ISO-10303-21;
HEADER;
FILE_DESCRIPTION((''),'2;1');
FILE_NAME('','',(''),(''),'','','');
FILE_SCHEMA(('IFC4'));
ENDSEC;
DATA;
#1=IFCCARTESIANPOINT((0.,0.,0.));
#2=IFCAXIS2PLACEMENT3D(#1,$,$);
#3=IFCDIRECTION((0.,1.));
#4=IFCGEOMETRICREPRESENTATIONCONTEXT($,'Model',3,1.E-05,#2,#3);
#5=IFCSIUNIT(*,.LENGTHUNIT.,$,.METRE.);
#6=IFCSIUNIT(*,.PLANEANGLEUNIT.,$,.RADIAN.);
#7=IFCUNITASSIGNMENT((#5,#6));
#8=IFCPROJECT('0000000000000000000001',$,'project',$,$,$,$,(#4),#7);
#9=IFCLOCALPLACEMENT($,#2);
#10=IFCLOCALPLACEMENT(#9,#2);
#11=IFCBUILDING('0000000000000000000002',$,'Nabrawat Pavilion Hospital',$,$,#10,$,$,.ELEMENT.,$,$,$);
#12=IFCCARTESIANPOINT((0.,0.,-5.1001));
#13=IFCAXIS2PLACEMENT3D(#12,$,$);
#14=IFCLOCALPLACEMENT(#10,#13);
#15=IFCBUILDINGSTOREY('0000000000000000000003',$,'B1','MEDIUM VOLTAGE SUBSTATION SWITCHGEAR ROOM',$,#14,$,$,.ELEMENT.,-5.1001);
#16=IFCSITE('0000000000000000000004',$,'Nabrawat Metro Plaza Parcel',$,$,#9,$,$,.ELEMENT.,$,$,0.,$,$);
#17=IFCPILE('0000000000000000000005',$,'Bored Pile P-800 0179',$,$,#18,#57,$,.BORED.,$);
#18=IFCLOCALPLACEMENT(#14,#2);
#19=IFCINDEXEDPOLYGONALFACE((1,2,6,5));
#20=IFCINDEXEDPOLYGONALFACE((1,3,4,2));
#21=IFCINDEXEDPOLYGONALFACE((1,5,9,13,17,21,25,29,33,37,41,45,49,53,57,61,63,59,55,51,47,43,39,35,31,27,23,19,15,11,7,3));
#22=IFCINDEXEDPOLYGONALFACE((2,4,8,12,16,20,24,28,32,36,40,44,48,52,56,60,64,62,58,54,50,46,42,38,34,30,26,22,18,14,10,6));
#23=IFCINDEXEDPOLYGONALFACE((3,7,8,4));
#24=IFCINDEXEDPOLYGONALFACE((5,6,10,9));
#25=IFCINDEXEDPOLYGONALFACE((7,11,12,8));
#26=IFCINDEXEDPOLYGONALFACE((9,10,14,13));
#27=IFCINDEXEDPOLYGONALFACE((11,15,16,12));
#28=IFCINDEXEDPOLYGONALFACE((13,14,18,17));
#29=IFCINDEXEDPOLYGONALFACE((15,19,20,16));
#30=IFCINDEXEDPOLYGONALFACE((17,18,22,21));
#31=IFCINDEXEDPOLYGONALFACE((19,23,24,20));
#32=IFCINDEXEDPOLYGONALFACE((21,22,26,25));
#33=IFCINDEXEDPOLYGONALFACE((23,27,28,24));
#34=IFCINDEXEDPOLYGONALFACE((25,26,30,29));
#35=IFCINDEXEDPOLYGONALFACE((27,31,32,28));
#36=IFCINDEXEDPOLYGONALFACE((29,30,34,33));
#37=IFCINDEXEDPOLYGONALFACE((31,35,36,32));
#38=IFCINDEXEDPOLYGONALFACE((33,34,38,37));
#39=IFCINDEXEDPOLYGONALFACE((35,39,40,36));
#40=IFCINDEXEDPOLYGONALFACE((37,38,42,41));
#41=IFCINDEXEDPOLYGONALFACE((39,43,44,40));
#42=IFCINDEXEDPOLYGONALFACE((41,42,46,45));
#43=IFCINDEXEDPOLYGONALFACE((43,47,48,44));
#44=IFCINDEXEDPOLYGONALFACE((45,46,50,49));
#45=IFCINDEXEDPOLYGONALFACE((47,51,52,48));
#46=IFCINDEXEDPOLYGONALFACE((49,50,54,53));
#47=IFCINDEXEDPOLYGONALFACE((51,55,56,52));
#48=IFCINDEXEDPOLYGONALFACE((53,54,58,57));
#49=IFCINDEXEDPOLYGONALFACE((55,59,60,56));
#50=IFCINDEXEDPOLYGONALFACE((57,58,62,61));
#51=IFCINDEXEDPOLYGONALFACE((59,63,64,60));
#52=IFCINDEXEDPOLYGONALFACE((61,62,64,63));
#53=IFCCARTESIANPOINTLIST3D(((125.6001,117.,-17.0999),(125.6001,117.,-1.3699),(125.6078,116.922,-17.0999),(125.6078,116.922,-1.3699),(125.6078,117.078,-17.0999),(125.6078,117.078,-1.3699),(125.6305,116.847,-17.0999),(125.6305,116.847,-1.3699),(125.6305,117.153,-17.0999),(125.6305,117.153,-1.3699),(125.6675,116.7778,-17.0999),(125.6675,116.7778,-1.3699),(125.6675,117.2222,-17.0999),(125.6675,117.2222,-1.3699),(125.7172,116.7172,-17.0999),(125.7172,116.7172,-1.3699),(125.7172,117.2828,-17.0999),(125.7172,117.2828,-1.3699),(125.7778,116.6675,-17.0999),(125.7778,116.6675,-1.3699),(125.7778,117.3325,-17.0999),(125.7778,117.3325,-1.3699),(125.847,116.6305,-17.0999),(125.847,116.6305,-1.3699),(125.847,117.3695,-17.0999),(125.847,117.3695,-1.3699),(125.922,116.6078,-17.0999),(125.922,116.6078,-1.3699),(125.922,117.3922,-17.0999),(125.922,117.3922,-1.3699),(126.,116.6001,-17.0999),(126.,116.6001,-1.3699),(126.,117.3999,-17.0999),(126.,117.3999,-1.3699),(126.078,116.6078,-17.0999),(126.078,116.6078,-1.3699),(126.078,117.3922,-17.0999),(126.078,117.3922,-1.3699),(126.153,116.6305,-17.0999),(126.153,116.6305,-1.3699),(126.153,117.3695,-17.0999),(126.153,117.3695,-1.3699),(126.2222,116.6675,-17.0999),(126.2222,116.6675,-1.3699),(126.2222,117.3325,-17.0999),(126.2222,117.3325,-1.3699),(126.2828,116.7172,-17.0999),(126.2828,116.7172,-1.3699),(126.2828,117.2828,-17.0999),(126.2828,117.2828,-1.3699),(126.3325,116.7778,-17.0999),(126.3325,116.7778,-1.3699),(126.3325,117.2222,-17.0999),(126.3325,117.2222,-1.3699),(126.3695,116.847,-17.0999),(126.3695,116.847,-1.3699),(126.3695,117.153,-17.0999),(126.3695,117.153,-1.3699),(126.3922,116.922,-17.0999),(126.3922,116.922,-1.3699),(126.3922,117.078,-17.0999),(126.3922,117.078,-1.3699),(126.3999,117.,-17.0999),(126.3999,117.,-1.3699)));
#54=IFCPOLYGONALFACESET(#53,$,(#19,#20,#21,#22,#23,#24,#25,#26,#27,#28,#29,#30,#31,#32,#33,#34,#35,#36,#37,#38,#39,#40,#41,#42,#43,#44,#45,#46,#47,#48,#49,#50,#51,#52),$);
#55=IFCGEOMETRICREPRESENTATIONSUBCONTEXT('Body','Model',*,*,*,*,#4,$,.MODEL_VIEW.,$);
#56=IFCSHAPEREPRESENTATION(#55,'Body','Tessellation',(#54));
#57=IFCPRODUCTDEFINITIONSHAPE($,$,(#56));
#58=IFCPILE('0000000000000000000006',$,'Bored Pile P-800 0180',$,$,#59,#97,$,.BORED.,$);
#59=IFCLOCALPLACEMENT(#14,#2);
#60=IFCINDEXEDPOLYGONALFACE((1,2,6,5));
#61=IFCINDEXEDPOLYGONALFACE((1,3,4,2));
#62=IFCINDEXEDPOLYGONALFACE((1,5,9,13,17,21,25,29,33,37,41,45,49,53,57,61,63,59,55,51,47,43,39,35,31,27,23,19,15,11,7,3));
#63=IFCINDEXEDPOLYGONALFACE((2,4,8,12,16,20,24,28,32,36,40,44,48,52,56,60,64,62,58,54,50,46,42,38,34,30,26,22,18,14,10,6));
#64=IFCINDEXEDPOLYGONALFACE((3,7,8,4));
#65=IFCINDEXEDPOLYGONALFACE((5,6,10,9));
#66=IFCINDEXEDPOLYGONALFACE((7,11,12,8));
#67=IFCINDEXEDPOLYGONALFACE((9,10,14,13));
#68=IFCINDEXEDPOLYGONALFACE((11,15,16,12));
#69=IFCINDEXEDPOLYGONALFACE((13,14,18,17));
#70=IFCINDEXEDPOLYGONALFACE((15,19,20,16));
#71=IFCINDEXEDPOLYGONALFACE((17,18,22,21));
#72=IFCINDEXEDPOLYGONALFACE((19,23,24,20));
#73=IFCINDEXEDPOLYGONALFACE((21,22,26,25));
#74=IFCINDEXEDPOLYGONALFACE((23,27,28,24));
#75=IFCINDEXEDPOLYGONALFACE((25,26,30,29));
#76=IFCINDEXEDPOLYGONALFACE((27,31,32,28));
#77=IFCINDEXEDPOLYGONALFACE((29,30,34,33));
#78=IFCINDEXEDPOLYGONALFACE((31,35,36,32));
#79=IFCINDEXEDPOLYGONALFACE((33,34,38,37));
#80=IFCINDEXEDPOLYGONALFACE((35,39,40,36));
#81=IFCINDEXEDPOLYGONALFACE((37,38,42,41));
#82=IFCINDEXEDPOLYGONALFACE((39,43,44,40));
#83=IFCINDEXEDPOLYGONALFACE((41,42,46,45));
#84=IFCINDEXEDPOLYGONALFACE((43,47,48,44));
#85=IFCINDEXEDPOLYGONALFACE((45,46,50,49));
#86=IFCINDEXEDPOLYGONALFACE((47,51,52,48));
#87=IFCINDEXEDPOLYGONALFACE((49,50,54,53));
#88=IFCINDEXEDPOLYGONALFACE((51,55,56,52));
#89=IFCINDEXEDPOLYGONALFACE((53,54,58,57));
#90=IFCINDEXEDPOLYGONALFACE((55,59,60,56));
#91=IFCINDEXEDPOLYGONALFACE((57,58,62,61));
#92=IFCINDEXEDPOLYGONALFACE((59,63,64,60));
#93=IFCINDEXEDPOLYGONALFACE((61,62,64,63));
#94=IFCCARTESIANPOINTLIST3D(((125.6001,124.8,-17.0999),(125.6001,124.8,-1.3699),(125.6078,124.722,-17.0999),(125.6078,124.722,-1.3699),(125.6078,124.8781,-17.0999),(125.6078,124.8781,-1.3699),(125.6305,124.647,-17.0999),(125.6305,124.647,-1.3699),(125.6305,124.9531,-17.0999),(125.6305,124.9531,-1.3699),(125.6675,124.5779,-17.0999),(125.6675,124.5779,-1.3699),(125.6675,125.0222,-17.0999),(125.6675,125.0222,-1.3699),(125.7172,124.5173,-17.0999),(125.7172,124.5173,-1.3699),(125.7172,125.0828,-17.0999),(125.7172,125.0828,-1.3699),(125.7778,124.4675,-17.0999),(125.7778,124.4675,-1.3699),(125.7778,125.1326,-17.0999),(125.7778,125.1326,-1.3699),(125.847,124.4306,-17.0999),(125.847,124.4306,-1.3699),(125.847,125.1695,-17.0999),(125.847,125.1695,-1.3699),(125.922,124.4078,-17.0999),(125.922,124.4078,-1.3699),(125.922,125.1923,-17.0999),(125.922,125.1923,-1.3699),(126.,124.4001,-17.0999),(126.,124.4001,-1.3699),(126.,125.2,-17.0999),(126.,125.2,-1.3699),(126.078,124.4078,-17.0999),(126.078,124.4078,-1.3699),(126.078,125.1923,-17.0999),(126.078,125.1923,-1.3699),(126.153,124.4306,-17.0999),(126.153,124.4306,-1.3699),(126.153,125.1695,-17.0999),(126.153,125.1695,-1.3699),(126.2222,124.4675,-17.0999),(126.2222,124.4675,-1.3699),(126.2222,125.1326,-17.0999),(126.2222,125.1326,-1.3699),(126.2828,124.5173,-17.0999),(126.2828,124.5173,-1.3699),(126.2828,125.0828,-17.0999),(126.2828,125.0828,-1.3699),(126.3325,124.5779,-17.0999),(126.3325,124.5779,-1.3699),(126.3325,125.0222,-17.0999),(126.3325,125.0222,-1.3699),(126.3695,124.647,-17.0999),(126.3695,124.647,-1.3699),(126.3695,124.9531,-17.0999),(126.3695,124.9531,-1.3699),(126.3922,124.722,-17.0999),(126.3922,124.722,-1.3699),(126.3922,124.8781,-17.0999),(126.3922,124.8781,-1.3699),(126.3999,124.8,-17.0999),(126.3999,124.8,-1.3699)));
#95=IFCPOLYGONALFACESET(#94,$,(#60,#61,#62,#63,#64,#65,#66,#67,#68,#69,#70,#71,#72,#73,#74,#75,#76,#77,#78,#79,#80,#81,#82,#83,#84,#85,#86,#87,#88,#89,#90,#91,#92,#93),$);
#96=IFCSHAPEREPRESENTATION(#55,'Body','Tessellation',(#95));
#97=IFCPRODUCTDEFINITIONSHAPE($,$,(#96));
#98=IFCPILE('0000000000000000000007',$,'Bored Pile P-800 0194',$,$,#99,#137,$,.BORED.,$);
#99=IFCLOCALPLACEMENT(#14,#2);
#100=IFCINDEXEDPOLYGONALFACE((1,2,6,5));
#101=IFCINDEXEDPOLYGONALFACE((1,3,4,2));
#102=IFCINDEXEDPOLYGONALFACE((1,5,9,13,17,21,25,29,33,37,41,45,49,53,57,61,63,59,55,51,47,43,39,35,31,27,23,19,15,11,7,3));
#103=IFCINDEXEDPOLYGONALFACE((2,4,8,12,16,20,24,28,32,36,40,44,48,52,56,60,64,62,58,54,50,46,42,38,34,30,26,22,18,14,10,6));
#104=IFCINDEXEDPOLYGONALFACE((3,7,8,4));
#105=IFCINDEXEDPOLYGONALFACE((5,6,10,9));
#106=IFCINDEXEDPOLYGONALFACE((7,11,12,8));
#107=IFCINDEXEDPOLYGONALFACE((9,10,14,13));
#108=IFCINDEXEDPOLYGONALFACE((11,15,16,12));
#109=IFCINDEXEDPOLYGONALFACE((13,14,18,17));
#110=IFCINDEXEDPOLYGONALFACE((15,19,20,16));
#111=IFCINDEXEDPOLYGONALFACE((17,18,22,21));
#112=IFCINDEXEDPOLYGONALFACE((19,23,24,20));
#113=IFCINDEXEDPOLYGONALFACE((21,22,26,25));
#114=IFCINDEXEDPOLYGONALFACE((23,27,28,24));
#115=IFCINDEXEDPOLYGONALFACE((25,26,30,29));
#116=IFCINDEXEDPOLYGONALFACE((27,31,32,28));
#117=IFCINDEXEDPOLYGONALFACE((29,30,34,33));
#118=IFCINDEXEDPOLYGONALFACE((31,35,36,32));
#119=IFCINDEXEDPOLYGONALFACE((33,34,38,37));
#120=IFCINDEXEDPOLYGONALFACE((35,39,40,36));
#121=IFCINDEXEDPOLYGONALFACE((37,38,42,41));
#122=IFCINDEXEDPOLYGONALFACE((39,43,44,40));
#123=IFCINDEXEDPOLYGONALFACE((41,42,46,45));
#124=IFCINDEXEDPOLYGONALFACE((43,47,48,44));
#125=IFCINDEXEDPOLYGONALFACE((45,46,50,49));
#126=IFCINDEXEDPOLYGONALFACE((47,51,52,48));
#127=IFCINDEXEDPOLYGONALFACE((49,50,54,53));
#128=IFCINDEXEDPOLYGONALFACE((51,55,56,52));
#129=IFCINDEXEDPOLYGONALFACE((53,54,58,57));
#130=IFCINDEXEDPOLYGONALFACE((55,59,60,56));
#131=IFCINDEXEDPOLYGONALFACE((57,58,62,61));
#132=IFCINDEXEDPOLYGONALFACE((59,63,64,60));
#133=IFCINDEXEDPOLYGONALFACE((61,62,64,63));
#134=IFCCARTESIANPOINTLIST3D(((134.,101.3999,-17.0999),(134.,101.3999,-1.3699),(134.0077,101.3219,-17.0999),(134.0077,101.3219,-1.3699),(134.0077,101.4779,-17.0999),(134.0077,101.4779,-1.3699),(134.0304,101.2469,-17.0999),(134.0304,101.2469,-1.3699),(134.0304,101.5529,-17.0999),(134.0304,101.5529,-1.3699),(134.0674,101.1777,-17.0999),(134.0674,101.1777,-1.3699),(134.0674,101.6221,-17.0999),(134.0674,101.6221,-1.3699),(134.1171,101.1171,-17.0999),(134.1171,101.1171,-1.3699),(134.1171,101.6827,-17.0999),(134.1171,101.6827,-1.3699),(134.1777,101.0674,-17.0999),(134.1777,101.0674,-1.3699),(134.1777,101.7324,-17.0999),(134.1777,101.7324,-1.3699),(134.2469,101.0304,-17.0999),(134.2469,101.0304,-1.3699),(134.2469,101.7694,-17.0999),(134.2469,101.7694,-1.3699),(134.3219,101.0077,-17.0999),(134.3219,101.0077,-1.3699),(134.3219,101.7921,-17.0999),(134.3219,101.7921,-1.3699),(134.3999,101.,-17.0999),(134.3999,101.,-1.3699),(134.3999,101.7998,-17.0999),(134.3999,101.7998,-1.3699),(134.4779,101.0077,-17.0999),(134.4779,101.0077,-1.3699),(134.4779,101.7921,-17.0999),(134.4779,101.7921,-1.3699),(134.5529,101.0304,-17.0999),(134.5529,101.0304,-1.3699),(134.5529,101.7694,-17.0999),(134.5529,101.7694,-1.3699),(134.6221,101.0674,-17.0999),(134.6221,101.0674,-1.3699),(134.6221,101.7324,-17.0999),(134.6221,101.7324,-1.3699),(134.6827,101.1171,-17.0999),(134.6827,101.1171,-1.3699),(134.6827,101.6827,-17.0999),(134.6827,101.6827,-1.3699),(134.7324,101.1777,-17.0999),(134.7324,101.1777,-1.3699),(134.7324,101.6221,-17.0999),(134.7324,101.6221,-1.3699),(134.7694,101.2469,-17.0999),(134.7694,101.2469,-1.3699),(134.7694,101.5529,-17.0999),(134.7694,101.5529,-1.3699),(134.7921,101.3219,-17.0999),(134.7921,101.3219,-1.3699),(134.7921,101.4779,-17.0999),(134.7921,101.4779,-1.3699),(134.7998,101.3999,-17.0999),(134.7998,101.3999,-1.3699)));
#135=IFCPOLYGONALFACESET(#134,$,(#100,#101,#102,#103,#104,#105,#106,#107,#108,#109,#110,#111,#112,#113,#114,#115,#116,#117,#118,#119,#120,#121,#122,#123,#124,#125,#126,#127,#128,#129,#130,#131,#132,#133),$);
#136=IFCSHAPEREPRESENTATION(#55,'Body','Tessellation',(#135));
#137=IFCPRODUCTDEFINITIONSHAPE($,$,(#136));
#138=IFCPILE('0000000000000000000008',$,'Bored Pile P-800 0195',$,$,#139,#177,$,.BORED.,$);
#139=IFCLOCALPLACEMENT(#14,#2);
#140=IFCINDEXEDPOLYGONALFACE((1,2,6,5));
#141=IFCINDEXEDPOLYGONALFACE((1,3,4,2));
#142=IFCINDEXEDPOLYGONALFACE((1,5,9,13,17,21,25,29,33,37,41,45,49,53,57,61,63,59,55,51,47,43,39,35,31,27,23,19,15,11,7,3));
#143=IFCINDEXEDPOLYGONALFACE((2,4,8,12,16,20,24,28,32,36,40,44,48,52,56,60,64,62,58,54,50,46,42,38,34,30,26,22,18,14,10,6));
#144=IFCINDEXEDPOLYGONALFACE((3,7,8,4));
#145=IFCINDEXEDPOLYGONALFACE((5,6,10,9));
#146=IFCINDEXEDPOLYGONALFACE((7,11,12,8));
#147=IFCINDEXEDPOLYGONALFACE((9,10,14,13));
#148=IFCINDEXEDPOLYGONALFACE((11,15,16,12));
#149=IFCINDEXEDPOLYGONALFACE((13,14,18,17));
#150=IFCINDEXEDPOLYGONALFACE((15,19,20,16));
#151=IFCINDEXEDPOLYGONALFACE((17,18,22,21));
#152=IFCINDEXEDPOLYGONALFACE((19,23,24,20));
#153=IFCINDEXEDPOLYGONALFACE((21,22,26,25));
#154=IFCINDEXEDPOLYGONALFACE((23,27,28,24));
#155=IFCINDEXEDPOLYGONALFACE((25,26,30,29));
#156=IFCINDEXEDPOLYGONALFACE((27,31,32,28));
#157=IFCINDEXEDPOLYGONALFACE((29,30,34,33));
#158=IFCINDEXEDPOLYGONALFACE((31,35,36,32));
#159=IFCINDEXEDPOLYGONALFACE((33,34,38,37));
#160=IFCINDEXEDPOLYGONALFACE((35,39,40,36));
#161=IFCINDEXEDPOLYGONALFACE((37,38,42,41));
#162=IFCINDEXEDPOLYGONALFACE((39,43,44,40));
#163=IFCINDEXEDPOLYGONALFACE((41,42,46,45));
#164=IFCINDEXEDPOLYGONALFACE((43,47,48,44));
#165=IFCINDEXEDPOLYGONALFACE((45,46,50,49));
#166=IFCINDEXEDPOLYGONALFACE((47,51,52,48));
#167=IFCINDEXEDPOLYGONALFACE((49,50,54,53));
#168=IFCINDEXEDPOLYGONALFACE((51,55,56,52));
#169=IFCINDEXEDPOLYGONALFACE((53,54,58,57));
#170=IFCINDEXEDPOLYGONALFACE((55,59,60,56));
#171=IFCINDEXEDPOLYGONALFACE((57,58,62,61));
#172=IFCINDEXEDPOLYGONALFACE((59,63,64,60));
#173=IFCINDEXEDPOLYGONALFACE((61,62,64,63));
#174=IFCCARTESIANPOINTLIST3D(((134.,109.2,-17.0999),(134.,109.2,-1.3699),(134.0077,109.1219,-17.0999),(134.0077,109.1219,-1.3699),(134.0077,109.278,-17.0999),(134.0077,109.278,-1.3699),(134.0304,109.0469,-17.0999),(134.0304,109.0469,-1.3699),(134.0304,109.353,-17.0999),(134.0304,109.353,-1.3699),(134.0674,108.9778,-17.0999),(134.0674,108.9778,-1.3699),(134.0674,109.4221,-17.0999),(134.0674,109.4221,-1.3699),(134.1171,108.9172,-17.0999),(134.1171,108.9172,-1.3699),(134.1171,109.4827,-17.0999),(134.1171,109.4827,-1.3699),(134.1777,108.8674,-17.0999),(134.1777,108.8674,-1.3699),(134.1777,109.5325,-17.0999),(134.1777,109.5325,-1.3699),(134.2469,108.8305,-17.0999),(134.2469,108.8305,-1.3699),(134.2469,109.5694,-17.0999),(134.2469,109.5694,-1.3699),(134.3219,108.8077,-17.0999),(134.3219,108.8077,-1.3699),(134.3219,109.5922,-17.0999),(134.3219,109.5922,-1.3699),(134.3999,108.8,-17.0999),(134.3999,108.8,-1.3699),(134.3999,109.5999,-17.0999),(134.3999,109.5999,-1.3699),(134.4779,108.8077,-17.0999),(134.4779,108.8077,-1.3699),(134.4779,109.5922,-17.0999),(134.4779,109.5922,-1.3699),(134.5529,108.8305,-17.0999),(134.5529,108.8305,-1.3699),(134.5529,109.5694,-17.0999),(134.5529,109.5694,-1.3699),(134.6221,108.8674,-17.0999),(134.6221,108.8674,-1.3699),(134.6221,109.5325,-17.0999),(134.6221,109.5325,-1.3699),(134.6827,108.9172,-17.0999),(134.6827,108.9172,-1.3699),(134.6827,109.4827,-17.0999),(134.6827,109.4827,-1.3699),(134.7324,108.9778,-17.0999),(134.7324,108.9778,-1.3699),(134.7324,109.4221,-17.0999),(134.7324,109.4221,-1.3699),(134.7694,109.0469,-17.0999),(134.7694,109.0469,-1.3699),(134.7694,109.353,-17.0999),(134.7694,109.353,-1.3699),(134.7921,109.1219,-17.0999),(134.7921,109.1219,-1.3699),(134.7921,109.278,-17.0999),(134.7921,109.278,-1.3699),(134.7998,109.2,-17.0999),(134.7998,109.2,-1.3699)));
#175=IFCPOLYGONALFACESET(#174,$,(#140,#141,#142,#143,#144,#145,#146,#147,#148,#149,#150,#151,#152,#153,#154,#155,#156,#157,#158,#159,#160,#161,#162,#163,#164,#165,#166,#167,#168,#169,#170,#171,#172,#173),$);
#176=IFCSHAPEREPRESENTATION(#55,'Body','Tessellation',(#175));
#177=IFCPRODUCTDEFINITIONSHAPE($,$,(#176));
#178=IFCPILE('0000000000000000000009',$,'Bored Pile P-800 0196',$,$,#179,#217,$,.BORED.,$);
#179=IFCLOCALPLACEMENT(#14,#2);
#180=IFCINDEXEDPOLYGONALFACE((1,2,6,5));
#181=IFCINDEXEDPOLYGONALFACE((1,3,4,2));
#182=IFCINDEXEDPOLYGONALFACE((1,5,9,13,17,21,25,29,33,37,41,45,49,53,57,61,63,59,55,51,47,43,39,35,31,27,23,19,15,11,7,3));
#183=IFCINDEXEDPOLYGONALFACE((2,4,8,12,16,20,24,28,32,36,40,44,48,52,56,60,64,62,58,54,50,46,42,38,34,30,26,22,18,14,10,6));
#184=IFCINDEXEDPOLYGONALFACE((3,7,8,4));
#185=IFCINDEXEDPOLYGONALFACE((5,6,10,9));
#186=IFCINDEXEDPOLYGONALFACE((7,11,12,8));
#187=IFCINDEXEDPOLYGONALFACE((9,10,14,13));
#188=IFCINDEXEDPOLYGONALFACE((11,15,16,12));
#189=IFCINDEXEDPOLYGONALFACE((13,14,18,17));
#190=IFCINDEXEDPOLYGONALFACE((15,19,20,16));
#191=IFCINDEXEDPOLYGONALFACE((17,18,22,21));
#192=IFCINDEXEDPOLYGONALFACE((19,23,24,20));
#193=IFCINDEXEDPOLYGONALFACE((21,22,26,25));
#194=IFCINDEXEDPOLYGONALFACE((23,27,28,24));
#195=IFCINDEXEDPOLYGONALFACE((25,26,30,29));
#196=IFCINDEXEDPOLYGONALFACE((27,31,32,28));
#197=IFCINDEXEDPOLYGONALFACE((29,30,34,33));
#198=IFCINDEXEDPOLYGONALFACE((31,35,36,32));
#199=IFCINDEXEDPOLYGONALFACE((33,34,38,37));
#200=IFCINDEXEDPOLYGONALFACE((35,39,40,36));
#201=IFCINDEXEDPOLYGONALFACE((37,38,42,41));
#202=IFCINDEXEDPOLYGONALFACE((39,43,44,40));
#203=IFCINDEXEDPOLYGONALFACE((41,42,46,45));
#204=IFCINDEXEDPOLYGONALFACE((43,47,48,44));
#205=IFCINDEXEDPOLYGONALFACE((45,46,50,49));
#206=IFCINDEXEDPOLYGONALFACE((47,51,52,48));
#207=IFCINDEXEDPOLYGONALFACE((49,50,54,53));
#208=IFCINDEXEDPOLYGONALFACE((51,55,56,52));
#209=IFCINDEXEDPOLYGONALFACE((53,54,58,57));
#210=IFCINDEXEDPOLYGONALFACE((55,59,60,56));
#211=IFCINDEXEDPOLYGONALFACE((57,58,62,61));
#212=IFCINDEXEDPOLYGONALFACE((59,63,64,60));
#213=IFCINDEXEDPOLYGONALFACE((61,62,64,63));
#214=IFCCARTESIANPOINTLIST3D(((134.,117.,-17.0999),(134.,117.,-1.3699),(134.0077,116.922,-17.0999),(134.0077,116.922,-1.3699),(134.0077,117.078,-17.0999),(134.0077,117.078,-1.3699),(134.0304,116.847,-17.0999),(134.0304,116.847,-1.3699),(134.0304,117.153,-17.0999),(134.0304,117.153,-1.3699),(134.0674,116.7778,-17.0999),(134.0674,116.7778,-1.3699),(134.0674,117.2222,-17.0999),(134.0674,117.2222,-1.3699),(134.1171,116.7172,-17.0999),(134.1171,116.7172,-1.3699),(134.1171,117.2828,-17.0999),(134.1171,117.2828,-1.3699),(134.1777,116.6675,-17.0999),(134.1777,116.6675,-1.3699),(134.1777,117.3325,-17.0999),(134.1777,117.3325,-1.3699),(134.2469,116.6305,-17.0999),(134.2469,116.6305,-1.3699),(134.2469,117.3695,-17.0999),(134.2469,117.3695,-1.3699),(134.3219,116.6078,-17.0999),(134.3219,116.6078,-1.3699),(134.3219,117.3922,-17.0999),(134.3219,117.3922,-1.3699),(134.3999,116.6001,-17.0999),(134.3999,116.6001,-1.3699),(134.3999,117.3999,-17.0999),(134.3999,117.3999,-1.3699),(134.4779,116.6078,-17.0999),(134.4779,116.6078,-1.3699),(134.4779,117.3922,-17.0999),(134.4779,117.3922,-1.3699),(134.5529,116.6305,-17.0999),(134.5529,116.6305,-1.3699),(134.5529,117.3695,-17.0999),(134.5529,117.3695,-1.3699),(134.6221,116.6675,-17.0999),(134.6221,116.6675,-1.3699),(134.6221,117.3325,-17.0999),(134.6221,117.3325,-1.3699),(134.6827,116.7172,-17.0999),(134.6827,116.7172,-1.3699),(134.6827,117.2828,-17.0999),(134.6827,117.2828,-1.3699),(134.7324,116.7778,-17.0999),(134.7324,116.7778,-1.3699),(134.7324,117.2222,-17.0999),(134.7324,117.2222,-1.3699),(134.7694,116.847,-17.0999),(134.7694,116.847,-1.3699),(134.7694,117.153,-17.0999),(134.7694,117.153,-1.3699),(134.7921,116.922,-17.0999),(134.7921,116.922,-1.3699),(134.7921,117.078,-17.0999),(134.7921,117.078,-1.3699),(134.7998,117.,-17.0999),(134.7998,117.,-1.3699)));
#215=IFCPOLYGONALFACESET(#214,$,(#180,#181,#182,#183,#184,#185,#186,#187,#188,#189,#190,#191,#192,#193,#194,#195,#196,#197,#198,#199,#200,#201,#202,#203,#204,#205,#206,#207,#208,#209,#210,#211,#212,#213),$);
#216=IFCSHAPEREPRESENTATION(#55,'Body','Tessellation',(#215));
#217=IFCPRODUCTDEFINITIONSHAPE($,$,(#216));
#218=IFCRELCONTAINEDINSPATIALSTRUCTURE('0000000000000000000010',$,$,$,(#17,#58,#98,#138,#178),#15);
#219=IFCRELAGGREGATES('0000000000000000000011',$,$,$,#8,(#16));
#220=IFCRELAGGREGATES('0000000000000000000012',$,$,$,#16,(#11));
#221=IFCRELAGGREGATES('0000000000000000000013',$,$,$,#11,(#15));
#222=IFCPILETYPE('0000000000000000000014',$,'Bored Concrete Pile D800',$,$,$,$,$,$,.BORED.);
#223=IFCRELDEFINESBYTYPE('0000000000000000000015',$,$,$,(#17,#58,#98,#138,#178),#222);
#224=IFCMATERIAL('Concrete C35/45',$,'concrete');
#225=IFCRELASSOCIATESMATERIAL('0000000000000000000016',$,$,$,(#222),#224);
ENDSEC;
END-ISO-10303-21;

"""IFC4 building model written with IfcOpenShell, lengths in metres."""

from ifc_helpers import new_model, si_unit, direction, frame, origin, origin_2d, place, context, subcontext, project, spatial, circle, extrude, material, material_profile, profile_set, type_object, element, save


model = new_model("IFC4")

# Units and contexts
model_context = context("Model", 3, precision=1e-05, world=origin(), true_north=direction((0.0, 1.0)))
body_context = subcontext(model_context, "Body", "Model", "MODEL_VIEW")
ifc_project = project(units=[si_unit("LENGTHUNIT", "METRE"), si_unit("PLANEANGLEUNIT", "RADIAN")], contexts=[model_context])

# Site, building, storey
site_placement = place(None, origin())
site = spatial("IfcSite", under=ifc_project, at=site_placement, Name="Nabrawat Metro Plaza Parcel", CompositionType="ELEMENT", RefElevation=0.0)
building_placement = place(site_placement, origin())
building = spatial("IfcBuilding", under=site, at=building_placement, Name="Nabrawat Pavilion Hospital", CompositionType="ELEMENT")
storey_placement = place(building_placement, frame((0.0, 0.0, -5.1001)))
storey = spatial("IfcBuildingStorey", under=building, at=storey_placement, Name="B1", Description="MEDIUM VOLTAGE SUBSTATION SWITCHGEAR ROOM", CompositionType="ELEMENT", Elevation=-5.1001)

# Piles
ifc_material_1 = material(Name="Concrete C35/45", Category="concrete")
ifc_material_profile_1 = material_profile(ifc_material_1, circle(Radius=0.3999, at=origin_2d()), Name="DIA 800")
ifc_profile_set_1 = profile_set([ifc_material_profile_1], Name="Concrete C35/45")
pile_type_1 = type_object("IfcPileType", Name="Bored Concrete Pile D800", PredefinedType="BORED", material=ifc_profile_set_1)
for number, where, z_axis, x_axis, name in (
    (1, (126.0, 117.0, -1.3699), (0.0, 0.0, -1.0), (1.0, 0.0, 0.0), "Bored Pile P-800 0179"),
    (2, (126.0, 124.8, -1.3699), (0.0, 0.0, -1.0), (1.0, 0.0, 0.0), "Bored Pile P-800 0180"),
    (3, (134.3999, 101.3999, -1.3699), (0.0, 0.0, -1.0), (1.0, 0.0, 0.0), "Bored Pile P-800 0194"),
    (4, (134.3999, 109.2, -1.3699), (0.0, 0.0, -1.0), (1.0, 0.0, 0.0), "Bored Pile P-800 0195"),
    (5, (134.3999, 117.0, -1.3699), (0.0, 0.0, -1.0), (1.0, 0.0, 0.0), "Bored Pile P-800 0196"),
):
    element("IfcPile", number, at=place(storey_placement, frame(where, z_axis=z_axis, x_axis=x_axis)), inside=storey, type_object=pile_type_1, Name=name, PredefinedType="BORED", context=body_context, shape_type="SweptSolid", body=[
        extrude(circle(Radius=0.3999, at=origin_2d()), origin(), (0.0, 0.0, 1.0), 15.73),
    ])

save(model, "model.ifc")
